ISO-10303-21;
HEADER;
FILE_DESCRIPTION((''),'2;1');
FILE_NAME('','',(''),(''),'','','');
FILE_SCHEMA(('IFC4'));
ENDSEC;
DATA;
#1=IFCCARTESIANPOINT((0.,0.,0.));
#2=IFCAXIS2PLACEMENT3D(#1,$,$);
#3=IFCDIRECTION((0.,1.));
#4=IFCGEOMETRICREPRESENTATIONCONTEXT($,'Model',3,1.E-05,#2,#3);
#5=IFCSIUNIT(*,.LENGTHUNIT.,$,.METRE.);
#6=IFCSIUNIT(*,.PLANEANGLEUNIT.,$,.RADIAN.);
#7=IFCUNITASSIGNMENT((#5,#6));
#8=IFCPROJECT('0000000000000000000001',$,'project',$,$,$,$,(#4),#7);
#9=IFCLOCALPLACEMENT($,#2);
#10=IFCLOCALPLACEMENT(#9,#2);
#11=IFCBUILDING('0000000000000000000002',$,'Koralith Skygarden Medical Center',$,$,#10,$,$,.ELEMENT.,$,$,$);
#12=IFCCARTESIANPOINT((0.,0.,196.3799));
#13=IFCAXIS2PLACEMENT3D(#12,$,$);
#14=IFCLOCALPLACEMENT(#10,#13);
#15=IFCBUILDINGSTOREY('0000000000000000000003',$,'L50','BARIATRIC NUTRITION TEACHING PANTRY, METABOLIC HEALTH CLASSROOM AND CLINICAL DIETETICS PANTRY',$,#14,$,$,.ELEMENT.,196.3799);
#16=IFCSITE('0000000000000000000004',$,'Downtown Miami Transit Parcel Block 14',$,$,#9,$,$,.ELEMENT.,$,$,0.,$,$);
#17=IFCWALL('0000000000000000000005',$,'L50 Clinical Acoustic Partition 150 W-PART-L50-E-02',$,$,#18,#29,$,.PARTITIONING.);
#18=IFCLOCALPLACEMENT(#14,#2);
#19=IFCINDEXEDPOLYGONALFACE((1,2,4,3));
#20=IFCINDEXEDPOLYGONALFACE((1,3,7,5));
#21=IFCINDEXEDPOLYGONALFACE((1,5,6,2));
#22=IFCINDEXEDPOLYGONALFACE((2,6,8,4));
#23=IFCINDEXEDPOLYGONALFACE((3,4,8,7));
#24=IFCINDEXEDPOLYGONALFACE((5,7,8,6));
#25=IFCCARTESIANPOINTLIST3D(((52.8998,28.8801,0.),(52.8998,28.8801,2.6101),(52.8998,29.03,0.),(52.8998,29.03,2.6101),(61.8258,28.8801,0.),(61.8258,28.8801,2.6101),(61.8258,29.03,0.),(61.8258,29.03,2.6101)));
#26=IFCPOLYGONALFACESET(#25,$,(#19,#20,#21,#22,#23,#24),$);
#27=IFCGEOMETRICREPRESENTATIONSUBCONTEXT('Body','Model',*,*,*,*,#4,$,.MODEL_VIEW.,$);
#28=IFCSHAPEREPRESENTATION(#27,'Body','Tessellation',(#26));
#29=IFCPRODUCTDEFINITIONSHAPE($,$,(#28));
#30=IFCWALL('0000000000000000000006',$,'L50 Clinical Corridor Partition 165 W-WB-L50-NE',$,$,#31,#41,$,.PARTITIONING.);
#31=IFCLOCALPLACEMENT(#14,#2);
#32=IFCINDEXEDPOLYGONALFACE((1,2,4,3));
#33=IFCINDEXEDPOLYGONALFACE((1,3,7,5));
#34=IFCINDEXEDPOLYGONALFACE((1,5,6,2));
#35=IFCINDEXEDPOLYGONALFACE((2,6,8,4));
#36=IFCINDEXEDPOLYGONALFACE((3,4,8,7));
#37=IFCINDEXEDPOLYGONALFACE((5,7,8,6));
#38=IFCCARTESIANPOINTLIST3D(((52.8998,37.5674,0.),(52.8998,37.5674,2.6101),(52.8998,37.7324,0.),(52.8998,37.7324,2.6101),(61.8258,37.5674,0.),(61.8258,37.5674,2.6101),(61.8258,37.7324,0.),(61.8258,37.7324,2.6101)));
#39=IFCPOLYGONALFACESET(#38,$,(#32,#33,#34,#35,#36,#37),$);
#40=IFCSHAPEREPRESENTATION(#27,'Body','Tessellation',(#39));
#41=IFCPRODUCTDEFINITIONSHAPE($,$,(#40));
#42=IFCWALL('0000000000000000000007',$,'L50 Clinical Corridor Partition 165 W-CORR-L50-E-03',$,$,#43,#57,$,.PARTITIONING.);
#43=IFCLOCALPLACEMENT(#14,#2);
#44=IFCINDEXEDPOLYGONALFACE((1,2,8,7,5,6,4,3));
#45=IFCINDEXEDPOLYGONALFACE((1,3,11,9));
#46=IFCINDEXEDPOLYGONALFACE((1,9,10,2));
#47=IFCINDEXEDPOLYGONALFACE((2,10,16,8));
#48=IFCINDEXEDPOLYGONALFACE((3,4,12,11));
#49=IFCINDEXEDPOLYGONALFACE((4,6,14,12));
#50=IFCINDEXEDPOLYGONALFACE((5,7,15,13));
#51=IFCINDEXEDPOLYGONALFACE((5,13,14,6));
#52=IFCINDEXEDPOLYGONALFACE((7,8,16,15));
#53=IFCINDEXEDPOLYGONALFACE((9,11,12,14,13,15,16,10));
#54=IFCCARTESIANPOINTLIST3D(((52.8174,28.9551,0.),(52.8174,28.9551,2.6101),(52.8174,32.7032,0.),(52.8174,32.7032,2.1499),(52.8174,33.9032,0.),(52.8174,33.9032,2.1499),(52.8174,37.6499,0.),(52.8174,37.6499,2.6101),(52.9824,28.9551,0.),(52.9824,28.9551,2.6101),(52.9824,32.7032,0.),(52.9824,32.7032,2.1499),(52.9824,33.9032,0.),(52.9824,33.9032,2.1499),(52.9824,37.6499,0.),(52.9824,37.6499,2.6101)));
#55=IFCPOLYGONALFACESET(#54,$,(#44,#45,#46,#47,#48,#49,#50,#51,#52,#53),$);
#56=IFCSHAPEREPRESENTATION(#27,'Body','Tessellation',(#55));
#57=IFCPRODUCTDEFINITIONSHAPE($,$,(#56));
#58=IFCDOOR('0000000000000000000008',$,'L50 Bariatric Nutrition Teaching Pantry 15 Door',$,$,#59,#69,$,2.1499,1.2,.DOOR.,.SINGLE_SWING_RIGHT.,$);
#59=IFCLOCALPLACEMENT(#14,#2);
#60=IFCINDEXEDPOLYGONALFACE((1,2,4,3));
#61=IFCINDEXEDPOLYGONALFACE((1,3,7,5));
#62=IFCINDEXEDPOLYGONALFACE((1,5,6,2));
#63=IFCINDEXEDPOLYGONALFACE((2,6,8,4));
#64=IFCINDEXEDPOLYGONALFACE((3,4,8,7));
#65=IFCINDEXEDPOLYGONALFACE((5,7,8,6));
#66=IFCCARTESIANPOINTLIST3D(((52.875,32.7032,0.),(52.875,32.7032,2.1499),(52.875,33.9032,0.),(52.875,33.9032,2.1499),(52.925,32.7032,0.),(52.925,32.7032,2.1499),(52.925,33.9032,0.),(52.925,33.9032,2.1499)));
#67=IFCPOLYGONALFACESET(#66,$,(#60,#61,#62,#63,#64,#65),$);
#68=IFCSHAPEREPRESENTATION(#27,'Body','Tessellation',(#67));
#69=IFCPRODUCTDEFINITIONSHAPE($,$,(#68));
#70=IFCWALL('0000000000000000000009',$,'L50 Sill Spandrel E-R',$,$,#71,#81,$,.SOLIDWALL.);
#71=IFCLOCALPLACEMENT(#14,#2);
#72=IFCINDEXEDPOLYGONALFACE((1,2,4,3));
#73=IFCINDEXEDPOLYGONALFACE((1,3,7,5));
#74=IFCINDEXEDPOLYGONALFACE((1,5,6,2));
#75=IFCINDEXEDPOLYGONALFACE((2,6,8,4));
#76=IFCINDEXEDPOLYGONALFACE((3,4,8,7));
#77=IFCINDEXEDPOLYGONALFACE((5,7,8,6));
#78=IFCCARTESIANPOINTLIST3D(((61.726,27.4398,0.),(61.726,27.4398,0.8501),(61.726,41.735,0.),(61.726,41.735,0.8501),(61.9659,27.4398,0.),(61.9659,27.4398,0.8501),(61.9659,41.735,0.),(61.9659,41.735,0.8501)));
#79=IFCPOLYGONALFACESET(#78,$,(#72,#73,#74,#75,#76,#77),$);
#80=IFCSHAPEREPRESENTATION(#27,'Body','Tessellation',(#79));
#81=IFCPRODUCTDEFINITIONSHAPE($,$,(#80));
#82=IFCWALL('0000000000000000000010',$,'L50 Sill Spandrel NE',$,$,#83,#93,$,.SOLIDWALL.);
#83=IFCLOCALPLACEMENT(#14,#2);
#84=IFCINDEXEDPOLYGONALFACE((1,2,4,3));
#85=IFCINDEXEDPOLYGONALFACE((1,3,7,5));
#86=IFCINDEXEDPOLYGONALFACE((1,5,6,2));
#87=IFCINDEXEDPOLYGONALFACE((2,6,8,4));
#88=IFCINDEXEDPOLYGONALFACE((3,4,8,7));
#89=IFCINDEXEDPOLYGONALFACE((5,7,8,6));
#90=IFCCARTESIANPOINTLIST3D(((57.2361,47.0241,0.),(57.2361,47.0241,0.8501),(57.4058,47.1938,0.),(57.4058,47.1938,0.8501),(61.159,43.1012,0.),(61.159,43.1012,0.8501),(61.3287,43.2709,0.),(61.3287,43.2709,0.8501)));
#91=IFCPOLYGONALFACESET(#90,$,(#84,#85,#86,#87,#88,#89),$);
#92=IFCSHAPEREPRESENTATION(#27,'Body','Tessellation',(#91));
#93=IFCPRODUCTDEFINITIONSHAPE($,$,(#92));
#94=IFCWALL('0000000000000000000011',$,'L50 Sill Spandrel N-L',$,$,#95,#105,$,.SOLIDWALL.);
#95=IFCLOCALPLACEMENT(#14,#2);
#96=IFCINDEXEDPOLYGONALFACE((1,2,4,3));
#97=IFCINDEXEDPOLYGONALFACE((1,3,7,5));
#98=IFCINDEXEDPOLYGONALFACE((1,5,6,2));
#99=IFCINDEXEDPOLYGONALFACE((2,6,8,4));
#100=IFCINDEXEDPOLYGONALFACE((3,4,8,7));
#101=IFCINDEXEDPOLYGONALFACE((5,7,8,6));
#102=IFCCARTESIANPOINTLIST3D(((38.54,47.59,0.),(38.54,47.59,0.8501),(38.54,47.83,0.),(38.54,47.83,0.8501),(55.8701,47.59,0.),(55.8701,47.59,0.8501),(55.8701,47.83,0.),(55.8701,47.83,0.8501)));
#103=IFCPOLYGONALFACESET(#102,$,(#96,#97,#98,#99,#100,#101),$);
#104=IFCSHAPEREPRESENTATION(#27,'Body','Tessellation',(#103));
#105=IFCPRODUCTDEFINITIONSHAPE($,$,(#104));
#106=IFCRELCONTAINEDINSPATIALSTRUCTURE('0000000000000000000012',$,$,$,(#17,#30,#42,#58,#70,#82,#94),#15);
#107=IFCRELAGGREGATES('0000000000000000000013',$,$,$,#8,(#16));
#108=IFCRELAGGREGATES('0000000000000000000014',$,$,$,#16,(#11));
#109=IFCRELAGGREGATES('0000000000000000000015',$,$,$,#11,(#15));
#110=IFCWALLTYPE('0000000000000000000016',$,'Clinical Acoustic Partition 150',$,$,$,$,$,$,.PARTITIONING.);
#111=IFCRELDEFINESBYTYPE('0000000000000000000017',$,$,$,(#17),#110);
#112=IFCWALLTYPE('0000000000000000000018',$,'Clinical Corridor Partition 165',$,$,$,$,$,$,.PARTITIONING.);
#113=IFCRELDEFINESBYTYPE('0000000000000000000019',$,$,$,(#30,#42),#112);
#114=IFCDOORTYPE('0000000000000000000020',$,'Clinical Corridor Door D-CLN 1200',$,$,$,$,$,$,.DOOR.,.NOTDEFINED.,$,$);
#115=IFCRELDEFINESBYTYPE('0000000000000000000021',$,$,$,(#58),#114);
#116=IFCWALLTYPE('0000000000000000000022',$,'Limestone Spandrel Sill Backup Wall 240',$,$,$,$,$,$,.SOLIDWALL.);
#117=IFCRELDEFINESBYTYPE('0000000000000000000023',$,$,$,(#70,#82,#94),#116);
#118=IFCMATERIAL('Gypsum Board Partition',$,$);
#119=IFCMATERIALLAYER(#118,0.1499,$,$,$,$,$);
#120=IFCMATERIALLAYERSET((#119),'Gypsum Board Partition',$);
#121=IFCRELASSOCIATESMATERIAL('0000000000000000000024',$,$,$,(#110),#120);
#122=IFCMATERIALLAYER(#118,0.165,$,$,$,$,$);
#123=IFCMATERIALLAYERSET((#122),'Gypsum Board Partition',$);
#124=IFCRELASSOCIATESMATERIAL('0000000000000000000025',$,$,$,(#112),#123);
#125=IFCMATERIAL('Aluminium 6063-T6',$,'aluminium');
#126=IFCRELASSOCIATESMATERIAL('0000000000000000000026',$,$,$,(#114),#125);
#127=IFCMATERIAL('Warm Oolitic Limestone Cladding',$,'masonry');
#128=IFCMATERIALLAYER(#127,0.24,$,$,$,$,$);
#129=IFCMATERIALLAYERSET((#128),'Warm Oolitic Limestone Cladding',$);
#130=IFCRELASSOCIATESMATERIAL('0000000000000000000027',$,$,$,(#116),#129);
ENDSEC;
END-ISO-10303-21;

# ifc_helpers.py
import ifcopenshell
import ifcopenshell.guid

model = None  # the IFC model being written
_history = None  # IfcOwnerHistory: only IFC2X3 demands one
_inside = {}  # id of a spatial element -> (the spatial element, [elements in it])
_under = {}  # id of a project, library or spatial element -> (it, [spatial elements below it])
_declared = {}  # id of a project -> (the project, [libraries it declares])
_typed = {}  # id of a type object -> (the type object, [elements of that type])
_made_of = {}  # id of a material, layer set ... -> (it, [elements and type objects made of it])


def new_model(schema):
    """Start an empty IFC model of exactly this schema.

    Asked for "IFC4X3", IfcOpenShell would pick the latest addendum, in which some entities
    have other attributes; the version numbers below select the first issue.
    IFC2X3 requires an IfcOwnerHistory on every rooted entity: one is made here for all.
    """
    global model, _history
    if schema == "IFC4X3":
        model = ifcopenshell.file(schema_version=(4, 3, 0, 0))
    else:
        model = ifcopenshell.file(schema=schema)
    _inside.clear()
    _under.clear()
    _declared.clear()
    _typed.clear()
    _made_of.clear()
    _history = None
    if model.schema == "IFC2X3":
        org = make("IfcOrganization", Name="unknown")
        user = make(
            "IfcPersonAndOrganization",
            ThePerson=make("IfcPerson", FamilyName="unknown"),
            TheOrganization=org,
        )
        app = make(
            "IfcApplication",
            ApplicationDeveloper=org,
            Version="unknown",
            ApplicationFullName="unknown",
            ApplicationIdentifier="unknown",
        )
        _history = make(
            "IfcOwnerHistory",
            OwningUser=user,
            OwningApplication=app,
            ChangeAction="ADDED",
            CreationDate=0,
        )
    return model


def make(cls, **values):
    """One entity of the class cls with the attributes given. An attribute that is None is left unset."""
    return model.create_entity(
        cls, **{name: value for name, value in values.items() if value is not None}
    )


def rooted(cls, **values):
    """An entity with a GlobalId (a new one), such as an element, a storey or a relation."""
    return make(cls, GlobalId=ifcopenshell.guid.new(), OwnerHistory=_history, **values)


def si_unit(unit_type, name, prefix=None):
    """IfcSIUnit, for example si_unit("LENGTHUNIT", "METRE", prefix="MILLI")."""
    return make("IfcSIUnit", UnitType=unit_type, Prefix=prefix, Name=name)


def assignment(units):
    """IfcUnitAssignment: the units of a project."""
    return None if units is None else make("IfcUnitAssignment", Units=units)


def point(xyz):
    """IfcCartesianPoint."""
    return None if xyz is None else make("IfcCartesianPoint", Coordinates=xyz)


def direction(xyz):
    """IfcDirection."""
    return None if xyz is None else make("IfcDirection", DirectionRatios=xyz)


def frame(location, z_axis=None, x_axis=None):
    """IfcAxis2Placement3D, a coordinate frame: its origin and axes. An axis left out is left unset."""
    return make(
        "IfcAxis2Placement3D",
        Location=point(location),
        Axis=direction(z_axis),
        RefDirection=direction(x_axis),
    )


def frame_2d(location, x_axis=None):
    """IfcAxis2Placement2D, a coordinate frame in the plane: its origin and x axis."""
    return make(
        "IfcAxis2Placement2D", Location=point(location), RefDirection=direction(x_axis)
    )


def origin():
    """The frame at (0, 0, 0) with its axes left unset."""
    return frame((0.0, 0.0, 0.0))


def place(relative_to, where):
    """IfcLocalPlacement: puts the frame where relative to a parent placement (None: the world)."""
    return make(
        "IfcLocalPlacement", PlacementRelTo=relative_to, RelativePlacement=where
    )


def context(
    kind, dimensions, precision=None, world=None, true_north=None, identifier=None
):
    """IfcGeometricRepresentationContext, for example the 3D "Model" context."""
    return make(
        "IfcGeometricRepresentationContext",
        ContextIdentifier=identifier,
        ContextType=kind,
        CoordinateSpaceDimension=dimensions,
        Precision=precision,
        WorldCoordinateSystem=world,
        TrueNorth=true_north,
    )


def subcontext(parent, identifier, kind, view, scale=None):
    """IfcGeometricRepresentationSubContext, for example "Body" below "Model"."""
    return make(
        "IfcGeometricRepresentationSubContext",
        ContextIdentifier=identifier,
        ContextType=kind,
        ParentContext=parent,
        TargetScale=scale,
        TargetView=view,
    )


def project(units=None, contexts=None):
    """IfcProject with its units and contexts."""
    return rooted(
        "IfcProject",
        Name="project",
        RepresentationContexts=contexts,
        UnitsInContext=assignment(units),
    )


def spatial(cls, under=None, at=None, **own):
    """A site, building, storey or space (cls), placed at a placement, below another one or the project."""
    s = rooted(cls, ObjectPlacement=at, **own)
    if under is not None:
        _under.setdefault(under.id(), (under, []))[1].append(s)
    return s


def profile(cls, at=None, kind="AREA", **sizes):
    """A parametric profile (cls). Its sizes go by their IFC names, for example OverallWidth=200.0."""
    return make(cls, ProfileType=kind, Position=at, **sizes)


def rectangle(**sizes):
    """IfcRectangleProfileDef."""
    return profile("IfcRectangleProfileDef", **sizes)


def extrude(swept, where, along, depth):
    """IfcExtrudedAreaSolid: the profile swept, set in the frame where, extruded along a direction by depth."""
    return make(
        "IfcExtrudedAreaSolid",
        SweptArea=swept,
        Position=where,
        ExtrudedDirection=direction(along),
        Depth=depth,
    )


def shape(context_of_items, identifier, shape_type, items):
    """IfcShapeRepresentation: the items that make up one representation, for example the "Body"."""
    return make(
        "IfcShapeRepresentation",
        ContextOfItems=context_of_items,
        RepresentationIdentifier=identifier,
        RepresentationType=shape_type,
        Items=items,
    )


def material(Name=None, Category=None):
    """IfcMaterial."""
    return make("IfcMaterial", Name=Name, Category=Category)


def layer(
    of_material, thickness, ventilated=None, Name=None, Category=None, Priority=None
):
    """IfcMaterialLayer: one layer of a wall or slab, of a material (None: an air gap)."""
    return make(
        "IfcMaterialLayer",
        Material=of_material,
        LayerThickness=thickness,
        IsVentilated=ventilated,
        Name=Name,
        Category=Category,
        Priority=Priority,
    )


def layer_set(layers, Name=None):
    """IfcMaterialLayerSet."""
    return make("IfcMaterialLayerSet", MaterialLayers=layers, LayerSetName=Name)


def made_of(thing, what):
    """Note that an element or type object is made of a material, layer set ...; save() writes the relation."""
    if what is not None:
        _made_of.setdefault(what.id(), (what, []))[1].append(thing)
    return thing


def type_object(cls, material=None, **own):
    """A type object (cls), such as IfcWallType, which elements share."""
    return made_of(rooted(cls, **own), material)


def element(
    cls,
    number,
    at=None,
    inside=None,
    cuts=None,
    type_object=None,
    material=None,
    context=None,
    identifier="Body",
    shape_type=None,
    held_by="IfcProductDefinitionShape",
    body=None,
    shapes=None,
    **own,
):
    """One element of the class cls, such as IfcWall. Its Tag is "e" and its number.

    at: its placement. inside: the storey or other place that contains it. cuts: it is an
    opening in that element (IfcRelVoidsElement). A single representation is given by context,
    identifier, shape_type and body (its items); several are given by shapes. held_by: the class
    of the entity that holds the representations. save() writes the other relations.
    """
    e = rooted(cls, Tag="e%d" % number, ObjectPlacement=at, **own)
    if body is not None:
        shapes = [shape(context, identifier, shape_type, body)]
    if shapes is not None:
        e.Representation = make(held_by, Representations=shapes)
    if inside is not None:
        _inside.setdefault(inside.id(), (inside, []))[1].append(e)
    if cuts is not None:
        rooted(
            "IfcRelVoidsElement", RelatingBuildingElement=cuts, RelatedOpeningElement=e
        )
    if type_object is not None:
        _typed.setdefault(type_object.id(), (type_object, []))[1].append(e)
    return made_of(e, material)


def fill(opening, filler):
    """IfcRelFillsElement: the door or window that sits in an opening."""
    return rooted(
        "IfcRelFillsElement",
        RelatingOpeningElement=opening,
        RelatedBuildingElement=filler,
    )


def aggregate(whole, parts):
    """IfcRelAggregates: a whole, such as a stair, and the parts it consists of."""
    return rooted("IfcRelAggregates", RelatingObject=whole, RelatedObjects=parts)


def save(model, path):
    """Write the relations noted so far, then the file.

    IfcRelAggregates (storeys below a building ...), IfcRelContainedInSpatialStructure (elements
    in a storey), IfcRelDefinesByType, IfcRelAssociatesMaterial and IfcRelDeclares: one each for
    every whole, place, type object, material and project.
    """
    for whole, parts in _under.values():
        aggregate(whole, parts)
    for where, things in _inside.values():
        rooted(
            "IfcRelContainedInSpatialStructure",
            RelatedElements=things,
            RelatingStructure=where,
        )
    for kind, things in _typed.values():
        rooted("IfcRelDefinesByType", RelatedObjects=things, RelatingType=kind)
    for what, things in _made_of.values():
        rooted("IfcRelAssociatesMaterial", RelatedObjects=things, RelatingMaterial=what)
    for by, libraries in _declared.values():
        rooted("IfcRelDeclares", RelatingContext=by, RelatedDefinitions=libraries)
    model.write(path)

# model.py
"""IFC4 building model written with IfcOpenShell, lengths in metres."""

from ifc_helpers import new_model, si_unit, direction, frame, frame_2d, origin, place, context, subcontext, project, spatial, rectangle, extrude, material, layer, layer_set, type_object, element, fill, save


model = new_model("IFC4")

# Units and contexts
model_context = context("Model", 3, precision=1e-05, world=origin(), true_north=direction((0.0, 1.0)))
body_context = subcontext(model_context, "Body", "Model", "MODEL_VIEW")
ifc_project = project(units=[si_unit("LENGTHUNIT", "METRE"), si_unit("PLANEANGLEUNIT", "RADIAN")], contexts=[model_context])

# Site, building, storey
site_placement = place(None, origin())
site = spatial("IfcSite", under=ifc_project, at=site_placement, Name="Downtown Miami Transit Parcel Block 14", CompositionType="ELEMENT", RefElevation=0.0)
building_placement = place(site_placement, origin())
building = spatial("IfcBuilding", under=site, at=building_placement, Name="Koralith Skygarden Medical Center", CompositionType="ELEMENT")
storey_placement = place(building_placement, frame((0.0, 0.0, 196.3799)))
storey = spatial("IfcBuildingStorey", under=building, at=storey_placement, Name="L50", Description="BARIATRIC NUTRITION TEACHING PANTRY, METABOLIC HEALTH CLASSROOM AND CLINICAL DIETETICS PANTRY", CompositionType="ELEMENT", Elevation=196.3799)

# Shared definitions
ifc_material_1 = material(Name="Aluminium 6063-T6", Category="aluminium")

# Shared definitions
ifc_material_2 = material(Name="Warm Oolitic Limestone Cladding", Category="masonry")

# Walls
ifc_material_3 = material(Name="Gypsum Board Partition")
ifc_layer_1 = layer(ifc_material_3, 0.1499)
ifc_layer_set_1 = layer_set([ifc_layer_1], Name="Gypsum Board Partition")
wall_type_1 = type_object("IfcWallType", Name="Clinical Acoustic Partition 150", PredefinedType="PARTITIONING", material=ifc_layer_set_1)
wall_1_placement = place(storey_placement, frame((52.8999, 28.9551, 0.0), z_axis=(0.0, 0.0, 1.0), x_axis=(1.0, 0.0, 0.0)))
element("IfcWall", 1, at=wall_1_placement, inside=storey, type_object=wall_type_1, Name="L50 Clinical Acoustic Partition 150 W-PART-L50-E-02", PredefinedType="PARTITIONING", context=body_context, shape_type="SweptSolid", body=[
    extrude(rectangle(XDim=8.926, YDim=0.1499, at=frame_2d((4.4629, 0.0))), origin(), (0.0, 0.0, 1.0), 2.6101),
])
ifc_layer_2 = layer(ifc_material_3, 0.165)
ifc_layer_set_2 = layer_set([ifc_layer_2], Name="Gypsum Board Partition")
wall_type_2 = type_object("IfcWallType", Name="Clinical Corridor Partition 165", PredefinedType="PARTITIONING", material=ifc_layer_set_2)
wall_2_placement = place(storey_placement, frame((52.8999, 37.6499, 0.0), z_axis=(0.0, 0.0, 1.0), x_axis=(1.0, 0.0, 0.0)))
element("IfcWall", 2, at=wall_2_placement, inside=storey, type_object=wall_type_2, Name="L50 Clinical Corridor Partition 165 W-WB-L50-NE", PredefinedType="PARTITIONING", context=body_context, shape_type="SweptSolid", body=[
    extrude(rectangle(XDim=8.926, YDim=0.165, at=frame_2d((4.4629, 0.0))), origin(), (0.0, 0.0, 1.0), 2.6101),
])

# Wall, opening, door
wall_3_placement = place(storey_placement, frame((52.8999, 28.9551, 0.0), z_axis=(0.0, 0.0, 1.0), x_axis=(0.0, 1.0, 0.0)))
wall_3 = element("IfcWall", 3, at=wall_3_placement, inside=storey, type_object=wall_type_2, Name="L50 Clinical Corridor Partition 165 W-CORR-L50-E-03", PredefinedType="PARTITIONING", context=body_context, shape_type="SweptSolid", body=[
    extrude(rectangle(XDim=8.6948, YDim=0.165, at=frame_2d((4.3474, 0.0))), origin(), (0.0, 0.0, 1.0), 2.6101),
])
opening_1_placement = place(wall_3_placement, frame((3.748, 0.0, 0.0)))
opening_1 = element("IfcOpeningElement", 4, at=opening_1_placement, cuts=wall_3, PredefinedType="OPENING", context=body_context, shape_type="SweptSolid", body=[
    extrude(rectangle(XDim=1.2, YDim=2.1499, at=frame_2d((0.6001, 1.075))), frame((0.0, 0.0925, 0.0), z_axis=(0.0, -1.0, 0.0), x_axis=(1.0, 0.0, 0.0)), (0.0, 0.0, 1.0), 0.1851),
])
door_type_1 = type_object("IfcDoorType", Name="Clinical Corridor Door D-CLN 1200", OperationType="NOTDEFINED", PredefinedType="DOOR", material=ifc_material_1)
door_1_placement = place(opening_1_placement, origin())
door_1 = element("IfcDoor", 5, at=door_1_placement, inside=storey, type_object=door_type_1, Name="L50 Bariatric Nutrition Teaching Pantry 15 Door", OperationType="SINGLE_SWING_RIGHT", OverallHeight=2.1499, OverallWidth=1.2, PredefinedType="DOOR", context=body_context, shape_type="SweptSolid", body=[
    extrude(rectangle(XDim=1.2, YDim=2.1499, at=frame_2d((0.6001, 1.075))), frame((0.0, 0.0249, 0.0), z_axis=(0.0, -1.0, 0.0), x_axis=(1.0, 0.0, 0.0)), (0.0, 0.0, 1.0), 0.05),
])
fill(opening_1, door_1)

# Walls
ifc_layer_3 = layer(ifc_material_2, 0.24)
ifc_layer_set_3 = layer_set([ifc_layer_3], Name="Warm Oolitic Limestone Cladding")
wall_type_3 = type_object("IfcWallType", Name="Limestone Spandrel Sill Backup Wall 240", PredefinedType="SOLIDWALL", material=ifc_layer_set_3)
wall_4_placement = place(storey_placement, frame((61.8459, 27.4399, 0.0), z_axis=(0.0, 0.0, 1.0), x_axis=(0.0, 1.0, 0.0)))
element("IfcWall", 6, at=wall_4_placement, inside=storey, type_object=wall_type_3, Name="L50 Sill Spandrel E-R", PredefinedType="SOLIDWALL", context=body_context, shape_type="SweptSolid", body=[
    extrude(rectangle(XDim=14.2952, YDim=0.24, at=frame_2d((7.1475, 0.0))), origin(), (0.0, 0.0, 1.0), 0.8501),
])
wall_5_placement = place(storey_placement, frame((61.2439, 43.186, 0.0), z_axis=(0.0, 0.0, 1.0), x_axis=(-0.707107, 0.707107, 0.0)))
element("IfcWall", 7, at=wall_5_placement, inside=storey, type_object=wall_type_3, Name="L50 Sill Spandrel NE", PredefinedType="SOLIDWALL", context=body_context, shape_type="SweptSolid", body=[
    extrude(rectangle(XDim=5.5479, YDim=0.24, at=frame_2d((2.7739, 0.0))), origin(), (0.0, 0.0, 1.0), 0.8501),
])
wall_6_placement = place(storey_placement, frame((55.8701, 47.71, 0.0), z_axis=(0.0, 0.0, 1.0), x_axis=(-1.0, 0.0, 0.0)))
element("IfcWall", 8, at=wall_6_placement, inside=storey, type_object=wall_type_3, Name="L50 Sill Spandrel N-L", PredefinedType="SOLIDWALL", context=body_context, shape_type="SweptSolid", body=[
    extrude(rectangle(XDim=17.3301, YDim=0.24, at=frame_2d((8.665, 0.0))), origin(), (0.0, 0.0, 1.0), 0.8501),
])

save(model, "model.ifc")
